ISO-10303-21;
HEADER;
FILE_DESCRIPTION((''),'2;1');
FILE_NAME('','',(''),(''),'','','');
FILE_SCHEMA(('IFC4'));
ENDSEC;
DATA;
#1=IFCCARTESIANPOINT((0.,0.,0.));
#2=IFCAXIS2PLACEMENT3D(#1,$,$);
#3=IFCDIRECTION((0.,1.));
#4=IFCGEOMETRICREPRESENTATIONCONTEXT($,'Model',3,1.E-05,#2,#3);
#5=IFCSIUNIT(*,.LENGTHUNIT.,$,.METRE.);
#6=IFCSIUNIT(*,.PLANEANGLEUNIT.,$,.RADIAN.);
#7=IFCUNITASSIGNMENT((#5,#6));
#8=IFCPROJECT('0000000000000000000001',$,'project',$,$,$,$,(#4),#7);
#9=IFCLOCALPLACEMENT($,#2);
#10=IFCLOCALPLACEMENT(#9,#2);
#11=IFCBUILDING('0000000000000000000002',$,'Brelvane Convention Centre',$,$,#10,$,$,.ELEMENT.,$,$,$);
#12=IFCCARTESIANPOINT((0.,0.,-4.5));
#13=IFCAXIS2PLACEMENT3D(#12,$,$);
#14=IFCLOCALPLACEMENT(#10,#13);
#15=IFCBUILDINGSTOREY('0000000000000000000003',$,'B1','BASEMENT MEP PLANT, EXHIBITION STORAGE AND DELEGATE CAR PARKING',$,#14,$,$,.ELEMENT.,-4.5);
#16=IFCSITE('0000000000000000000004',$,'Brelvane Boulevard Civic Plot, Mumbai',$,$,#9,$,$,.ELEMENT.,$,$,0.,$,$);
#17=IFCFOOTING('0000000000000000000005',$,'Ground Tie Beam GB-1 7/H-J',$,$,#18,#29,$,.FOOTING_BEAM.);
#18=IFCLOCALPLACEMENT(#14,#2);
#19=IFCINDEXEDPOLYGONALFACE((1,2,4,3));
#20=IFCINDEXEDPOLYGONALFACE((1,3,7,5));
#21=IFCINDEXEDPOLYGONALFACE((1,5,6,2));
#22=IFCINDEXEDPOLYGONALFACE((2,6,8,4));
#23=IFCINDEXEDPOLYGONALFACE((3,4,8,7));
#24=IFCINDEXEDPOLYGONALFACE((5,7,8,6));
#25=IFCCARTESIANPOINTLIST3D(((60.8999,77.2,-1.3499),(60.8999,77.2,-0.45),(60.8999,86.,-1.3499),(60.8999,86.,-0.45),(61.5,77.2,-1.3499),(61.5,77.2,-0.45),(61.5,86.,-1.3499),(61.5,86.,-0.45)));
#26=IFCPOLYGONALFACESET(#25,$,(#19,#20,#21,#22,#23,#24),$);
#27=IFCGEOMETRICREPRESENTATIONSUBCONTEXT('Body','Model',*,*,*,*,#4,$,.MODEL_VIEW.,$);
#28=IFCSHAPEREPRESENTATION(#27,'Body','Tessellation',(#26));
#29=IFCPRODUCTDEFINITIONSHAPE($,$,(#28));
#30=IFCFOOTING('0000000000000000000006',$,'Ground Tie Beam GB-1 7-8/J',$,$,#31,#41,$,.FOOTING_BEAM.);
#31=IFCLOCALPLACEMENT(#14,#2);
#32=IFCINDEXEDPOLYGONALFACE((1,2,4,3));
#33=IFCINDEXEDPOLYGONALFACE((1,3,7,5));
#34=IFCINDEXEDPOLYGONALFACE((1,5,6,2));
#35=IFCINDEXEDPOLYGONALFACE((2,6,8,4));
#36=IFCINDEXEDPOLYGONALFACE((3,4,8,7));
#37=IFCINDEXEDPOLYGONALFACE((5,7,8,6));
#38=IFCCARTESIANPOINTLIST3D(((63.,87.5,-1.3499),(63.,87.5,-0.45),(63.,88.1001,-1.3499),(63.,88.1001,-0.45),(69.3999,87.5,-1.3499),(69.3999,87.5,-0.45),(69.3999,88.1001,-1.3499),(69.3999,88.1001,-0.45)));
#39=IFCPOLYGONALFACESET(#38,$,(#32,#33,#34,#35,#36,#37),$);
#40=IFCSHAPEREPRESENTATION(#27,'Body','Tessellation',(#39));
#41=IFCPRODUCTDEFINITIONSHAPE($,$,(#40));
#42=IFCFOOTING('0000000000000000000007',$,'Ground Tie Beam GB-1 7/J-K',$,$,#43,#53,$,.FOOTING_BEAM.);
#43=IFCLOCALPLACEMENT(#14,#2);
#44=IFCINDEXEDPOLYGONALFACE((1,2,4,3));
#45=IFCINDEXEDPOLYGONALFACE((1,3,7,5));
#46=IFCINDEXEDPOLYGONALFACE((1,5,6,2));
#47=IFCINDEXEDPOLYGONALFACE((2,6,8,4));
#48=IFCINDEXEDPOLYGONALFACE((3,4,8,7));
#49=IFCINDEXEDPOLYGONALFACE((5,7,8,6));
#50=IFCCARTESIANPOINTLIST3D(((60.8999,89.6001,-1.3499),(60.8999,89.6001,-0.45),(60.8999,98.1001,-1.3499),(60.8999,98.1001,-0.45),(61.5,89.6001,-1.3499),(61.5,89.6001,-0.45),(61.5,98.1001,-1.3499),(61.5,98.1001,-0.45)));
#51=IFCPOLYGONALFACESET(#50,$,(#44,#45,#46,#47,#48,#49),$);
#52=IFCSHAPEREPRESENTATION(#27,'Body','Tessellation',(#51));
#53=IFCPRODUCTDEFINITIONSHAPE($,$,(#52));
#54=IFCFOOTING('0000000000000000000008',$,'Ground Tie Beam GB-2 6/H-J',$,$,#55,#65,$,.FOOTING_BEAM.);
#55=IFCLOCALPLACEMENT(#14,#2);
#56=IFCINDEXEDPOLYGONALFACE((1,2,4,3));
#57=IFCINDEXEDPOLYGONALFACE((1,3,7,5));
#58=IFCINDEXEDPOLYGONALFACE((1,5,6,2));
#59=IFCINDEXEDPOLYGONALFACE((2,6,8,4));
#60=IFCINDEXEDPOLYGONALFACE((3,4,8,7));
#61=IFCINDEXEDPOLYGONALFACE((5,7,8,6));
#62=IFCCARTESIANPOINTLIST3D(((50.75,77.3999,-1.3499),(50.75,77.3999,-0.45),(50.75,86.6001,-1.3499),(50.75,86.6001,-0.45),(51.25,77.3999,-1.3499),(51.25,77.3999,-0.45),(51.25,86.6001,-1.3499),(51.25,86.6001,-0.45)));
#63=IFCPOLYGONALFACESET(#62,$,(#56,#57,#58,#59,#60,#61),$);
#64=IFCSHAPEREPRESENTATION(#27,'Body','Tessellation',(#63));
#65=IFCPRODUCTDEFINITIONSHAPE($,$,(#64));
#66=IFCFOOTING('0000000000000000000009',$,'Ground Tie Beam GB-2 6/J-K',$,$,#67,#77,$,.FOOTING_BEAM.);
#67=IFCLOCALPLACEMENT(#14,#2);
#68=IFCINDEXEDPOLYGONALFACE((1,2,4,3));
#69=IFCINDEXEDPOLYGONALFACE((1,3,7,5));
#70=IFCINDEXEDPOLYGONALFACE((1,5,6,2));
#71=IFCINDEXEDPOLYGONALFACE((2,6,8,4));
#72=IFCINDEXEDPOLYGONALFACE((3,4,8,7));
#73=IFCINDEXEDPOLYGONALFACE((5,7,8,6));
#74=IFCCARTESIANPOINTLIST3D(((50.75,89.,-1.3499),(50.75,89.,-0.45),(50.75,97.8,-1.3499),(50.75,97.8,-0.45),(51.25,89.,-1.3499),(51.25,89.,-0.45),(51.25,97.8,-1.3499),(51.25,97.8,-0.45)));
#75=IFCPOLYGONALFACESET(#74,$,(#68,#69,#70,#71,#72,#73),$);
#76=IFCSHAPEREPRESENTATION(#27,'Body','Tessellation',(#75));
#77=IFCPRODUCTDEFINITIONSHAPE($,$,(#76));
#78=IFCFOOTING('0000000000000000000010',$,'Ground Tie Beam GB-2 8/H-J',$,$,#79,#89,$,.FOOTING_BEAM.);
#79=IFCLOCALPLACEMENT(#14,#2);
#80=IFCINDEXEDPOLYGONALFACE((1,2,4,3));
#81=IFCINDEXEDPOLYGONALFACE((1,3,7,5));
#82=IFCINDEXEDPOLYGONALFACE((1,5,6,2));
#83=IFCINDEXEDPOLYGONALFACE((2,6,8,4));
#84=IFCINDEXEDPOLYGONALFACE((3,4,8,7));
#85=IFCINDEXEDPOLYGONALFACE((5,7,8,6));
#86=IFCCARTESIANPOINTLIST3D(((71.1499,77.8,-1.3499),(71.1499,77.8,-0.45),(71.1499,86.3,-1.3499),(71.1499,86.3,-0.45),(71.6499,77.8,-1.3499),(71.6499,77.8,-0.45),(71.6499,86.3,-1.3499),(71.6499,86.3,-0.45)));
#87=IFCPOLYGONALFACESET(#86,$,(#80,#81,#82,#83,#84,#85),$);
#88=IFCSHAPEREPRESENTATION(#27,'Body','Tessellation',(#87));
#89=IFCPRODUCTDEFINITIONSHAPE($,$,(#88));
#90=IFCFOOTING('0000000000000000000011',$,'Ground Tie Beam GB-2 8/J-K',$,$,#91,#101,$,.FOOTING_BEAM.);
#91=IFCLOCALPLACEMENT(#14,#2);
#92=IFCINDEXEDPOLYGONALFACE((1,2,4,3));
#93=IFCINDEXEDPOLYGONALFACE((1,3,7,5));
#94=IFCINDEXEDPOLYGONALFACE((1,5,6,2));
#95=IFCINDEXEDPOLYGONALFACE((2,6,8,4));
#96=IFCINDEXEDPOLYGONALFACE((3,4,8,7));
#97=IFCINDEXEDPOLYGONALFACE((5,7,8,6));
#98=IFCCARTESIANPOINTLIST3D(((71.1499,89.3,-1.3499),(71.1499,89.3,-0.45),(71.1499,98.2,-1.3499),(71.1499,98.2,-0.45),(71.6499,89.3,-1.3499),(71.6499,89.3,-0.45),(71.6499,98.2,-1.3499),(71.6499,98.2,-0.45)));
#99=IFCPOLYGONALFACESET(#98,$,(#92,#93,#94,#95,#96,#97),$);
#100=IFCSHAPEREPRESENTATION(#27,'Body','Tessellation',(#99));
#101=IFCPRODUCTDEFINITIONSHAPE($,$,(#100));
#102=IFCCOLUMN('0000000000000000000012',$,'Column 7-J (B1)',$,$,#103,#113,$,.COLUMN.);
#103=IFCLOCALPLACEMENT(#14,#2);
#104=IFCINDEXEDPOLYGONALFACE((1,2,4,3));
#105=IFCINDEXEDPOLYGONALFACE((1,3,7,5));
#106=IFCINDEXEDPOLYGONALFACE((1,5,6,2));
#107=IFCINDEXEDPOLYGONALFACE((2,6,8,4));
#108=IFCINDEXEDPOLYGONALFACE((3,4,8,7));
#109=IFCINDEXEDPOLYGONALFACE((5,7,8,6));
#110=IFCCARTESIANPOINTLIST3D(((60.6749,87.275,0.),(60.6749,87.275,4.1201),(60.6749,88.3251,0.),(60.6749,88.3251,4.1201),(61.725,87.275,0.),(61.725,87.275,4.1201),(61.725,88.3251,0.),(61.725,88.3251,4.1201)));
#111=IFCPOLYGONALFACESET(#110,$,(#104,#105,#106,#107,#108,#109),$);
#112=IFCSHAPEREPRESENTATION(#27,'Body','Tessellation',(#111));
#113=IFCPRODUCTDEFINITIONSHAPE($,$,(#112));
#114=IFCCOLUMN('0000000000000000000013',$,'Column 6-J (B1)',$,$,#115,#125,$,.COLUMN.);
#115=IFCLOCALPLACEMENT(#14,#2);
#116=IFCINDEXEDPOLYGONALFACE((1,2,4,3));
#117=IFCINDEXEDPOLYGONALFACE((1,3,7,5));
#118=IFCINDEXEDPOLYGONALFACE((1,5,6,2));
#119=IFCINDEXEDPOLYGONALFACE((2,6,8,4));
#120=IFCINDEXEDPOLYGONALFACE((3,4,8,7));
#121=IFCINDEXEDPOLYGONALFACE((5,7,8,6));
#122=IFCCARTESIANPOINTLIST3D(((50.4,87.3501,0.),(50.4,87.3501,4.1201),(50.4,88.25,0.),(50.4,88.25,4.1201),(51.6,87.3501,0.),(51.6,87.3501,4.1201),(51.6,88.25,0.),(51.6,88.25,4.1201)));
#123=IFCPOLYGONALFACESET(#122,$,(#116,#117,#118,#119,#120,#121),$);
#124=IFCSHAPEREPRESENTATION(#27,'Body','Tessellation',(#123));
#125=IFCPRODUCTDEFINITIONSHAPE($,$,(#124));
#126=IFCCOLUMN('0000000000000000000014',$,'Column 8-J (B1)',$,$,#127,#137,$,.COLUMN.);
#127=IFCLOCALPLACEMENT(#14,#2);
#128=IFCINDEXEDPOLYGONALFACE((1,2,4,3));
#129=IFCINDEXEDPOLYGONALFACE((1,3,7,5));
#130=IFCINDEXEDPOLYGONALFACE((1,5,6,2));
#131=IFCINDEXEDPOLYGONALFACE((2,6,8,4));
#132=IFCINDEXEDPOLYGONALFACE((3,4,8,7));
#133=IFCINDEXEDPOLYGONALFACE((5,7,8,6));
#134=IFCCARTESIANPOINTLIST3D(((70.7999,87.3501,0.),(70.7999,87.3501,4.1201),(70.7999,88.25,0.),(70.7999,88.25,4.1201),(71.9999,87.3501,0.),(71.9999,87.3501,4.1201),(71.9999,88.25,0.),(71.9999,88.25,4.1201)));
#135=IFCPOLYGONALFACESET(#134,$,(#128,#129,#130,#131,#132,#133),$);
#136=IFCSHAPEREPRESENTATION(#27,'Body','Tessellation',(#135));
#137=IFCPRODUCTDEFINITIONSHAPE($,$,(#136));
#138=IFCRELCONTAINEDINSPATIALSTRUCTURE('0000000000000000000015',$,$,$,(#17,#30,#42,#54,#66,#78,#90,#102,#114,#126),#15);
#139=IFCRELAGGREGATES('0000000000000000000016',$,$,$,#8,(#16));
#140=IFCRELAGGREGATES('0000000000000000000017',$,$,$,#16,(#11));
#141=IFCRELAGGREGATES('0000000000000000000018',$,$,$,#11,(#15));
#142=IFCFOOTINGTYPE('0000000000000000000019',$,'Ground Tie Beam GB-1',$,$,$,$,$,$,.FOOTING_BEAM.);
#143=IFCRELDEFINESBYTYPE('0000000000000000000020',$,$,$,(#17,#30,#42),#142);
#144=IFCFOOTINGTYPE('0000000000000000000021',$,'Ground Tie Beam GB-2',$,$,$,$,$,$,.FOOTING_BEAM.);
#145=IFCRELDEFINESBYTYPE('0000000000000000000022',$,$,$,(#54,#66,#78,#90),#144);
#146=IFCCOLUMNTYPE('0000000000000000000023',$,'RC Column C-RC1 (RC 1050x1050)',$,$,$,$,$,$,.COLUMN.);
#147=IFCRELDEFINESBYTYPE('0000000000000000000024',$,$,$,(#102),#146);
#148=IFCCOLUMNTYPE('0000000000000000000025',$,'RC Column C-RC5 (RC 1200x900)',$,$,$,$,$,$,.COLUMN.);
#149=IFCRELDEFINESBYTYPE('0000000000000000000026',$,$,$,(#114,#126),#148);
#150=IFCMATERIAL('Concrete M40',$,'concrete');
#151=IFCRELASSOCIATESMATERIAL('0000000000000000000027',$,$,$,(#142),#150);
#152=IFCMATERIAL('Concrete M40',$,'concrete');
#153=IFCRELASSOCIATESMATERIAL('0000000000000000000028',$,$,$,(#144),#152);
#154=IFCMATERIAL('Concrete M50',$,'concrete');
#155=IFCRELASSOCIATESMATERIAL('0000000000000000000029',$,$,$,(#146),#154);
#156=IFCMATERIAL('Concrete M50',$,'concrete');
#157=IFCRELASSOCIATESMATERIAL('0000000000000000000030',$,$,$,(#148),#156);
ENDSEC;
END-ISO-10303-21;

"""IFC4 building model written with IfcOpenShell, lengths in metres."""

from ifc_helpers import new_model, si_unit, direction, frame, origin, origin_2d, place, context, subcontext, project, spatial, rectangle, extrude, material, material_profile, profile_set, type_object, element, save


model = new_model("IFC4")

# Units and contexts
model_context = context("Model", 3, precision=1e-05, world=origin(), true_north=direction((0.0, 1.0)))
body_context = subcontext(model_context, "Body", "Model", "MODEL_VIEW")
ifc_project = project(units=[si_unit("LENGTHUNIT", "METRE"), si_unit("PLANEANGLEUNIT", "RADIAN")], contexts=[model_context])

# Site, building, storey
site_placement = place(None, origin())
site = spatial("IfcSite", under=ifc_project, at=site_placement, Name="Brelvane Boulevard Civic Plot, Mumbai", CompositionType="ELEMENT", RefElevation=0.0)
building_placement = place(site_placement, origin())
building = spatial("IfcBuilding", under=site, at=building_placement, Name="Brelvane Convention Centre", CompositionType="ELEMENT")
storey_placement = place(building_placement, frame((0.0, 0.0, -4.5)))
storey = spatial("IfcBuildingStorey", under=building, at=storey_placement, Name="B1", Description="BASEMENT MEP PLANT, EXHIBITION STORAGE AND DELEGATE CAR PARKING", CompositionType="ELEMENT", Elevation=-4.5)

# Footings
ifc_material_1 = material(Name="Concrete M40", Category="concrete")
ifc_material_profile_1 = material_profile(ifc_material_1, rectangle(XDim=0.6001, YDim=0.8999, at=origin_2d()), Name="RC 600x900")
ifc_profile_set_1 = profile_set([ifc_material_profile_1], Name="Concrete M40")
footing_type_1 = type_object("IfcFootingType", Name="Ground Tie Beam GB-1", PredefinedType="FOOTING_BEAM", material=ifc_profile_set_1)
footing_1_placement = place(storey_placement, frame((61.2, 77.2, -0.8999), z_axis=(0.0, 1.0, 0.0), x_axis=(-1.0, 0.0, 0.0)))
element("IfcFooting", 1, at=footing_1_placement, inside=storey, type_object=footing_type_1, Name="Ground Tie Beam GB-1 7/H-J", PredefinedType="FOOTING_BEAM", context=body_context, shape_type="SweptSolid", body=[
    extrude(rectangle(XDim=0.6001, YDim=0.8999, at=origin_2d()), origin(), (0.0, 0.0, 1.0), 8.8),
])
footing_2_placement = place(storey_placement, frame((63.0, 87.8, -0.8999), z_axis=(1.0, 0.0, 0.0), x_axis=(0.0, 1.0, 0.0)))
element("IfcFooting", 2, at=footing_2_placement, inside=storey, type_object=footing_type_1, Name="Ground Tie Beam GB-1 7-8/J", PredefinedType="FOOTING_BEAM", context=body_context, shape_type="SweptSolid", body=[
    extrude(rectangle(XDim=0.6001, YDim=0.8999, at=origin_2d()), origin(), (0.0, 0.0, 1.0), 6.3999),
])
footing_3_placement = place(storey_placement, frame((61.2, 89.6001, -0.8999), z_axis=(0.0, 1.0, 0.0), x_axis=(-1.0, 0.0, 0.0)))
element("IfcFooting", 3, at=footing_3_placement, inside=storey, type_object=footing_type_1, Name="Ground Tie Beam GB-1 7/J-K", PredefinedType="FOOTING_BEAM", context=body_context, shape_type="SweptSolid", body=[
    extrude(rectangle(XDim=0.6001, YDim=0.8999, at=origin_2d()), origin(), (0.0, 0.0, 1.0), 8.5),
])
ifc_material_2 = material(Name="Concrete M40", Category="concrete")
ifc_material_profile_2 = material_profile(ifc_material_2, rectangle(XDim=0.5, YDim=0.8999, at=origin_2d()), Name="RC 500x900")
ifc_profile_set_2 = profile_set([ifc_material_profile_2], Name="Concrete M40")
footing_type_2 = type_object("IfcFootingType", Name="Ground Tie Beam GB-2", PredefinedType="FOOTING_BEAM", material=ifc_profile_set_2)
footing_4_placement = place(storey_placement, frame((51.0, 77.3999, -0.8999), z_axis=(0.0, 1.0, 0.0), x_axis=(-1.0, 0.0, 0.0)))
element("IfcFooting", 4, at=footing_4_placement, inside=storey, type_object=footing_type_2, Name="Ground Tie Beam GB-2 6/H-J", PredefinedType="FOOTING_BEAM", context=body_context, shape_type="SweptSolid", body=[
    extrude(rectangle(XDim=0.5, YDim=0.8999, at=origin_2d()), origin(), (0.0, 0.0, 1.0), 9.2002),
])
footing_5_placement = place(storey_placement, frame((51.0, 89.0, -0.8999), z_axis=(0.0, 1.0, 0.0), x_axis=(-1.0, 0.0, 0.0)))
element("IfcFooting", 5, at=footing_5_placement, inside=storey, type_object=footing_type_2, Name="Ground Tie Beam GB-2 6/J-K", PredefinedType="FOOTING_BEAM", context=body_context, shape_type="SweptSolid", body=[
    extrude(rectangle(XDim=0.5, YDim=0.8999, at=origin_2d()), origin(), (0.0, 0.0, 1.0), 8.8),
])
footing_6_placement = place(storey_placement, frame((71.3999, 77.8, -0.8999), z_axis=(0.0, 1.0, 0.0), x_axis=(-1.0, 0.0, 0.0)))
element("IfcFooting", 6, at=footing_6_placement, inside=storey, type_object=footing_type_2, Name="Ground Tie Beam GB-2 8/H-J", PredefinedType="FOOTING_BEAM", context=body_context, shape_type="SweptSolid", body=[
    extrude(rectangle(XDim=0.5, YDim=0.8999, at=origin_2d()), origin(), (0.0, 0.0, 1.0), 8.5),
])
footing_7_placement = place(storey_placement, frame((71.3999, 89.3, -0.8999), z_axis=(0.0, 1.0, 0.0), x_axis=(-1.0, 0.0, 0.0)))
element("IfcFooting", 7, at=footing_7_placement, inside=storey, type_object=footing_type_2, Name="Ground Tie Beam GB-2 8/J-K", PredefinedType="FOOTING_BEAM", context=body_context, shape_type="SweptSolid", body=[
    extrude(rectangle(XDim=0.5, YDim=0.8999, at=origin_2d()), origin(), (0.0, 0.0, 1.0), 8.8999),
])

# Columns
ifc_material_3 = material(Name="Concrete M50", Category="concrete")
ifc_material_profile_3 = material_profile(ifc_material_3, rectangle(XDim=1.05, YDim=1.05, at=origin_2d()), Name="RC 1050x1050")
ifc_profile_set_3 = profile_set([ifc_material_profile_3], Name="Concrete M50")
column_type_1 = type_object("IfcColumnType", Name="RC Column C-RC1 (RC 1050x1050)", PredefinedType="COLUMN", material=ifc_profile_set_3)
column_placement = place(storey_placement, frame((61.2, 87.8, 0.0), z_axis=(0.0, 0.0, 1.0), x_axis=(1.0, 0.0, 0.0)))
element("IfcColumn", 8, at=column_placement, inside=storey, type_object=column_type_1, Name="Column 7-J (B1)", PredefinedType="COLUMN", context=body_context, shape_type="SweptSolid", body=[
    extrude(rectangle(XDim=1.05, YDim=1.05, at=origin_2d()), origin(), (0.0, 0.0, 1.0), 4.1201),
])
ifc_material_4 = material(Name="Concrete M50", Category="concrete")
ifc_material_profile_4 = material_profile(ifc_material_4, rectangle(XDim=1.2, YDim=0.8999, at=origin_2d()), Name="RC 1200x900")
ifc_profile_set_4 = profile_set([ifc_material_profile_4], Name="Concrete M50")
column_type_2 = type_object("IfcColumnType", Name="RC Column C-RC5 (RC 1200x900)", PredefinedType="COLUMN", material=ifc_profile_set_4)
for number, where, z_axis, x_axis, name in (
    (9, (51.0, 87.8, 0.0), (0.0, 0.0, 1.0), (1.0, 0.0, 0.0), "Column 6-J (B1)"),
    (10, (71.3999, 87.8, 0.0), (0.0, 0.0, 1.0), (1.0, 0.0, 0.0), "Column 8-J (B1)"),
):
    element("IfcColumn", number, at=place(storey_placement, frame(where, z_axis=z_axis, x_axis=x_axis)), inside=storey, type_object=column_type_2, Name=name, PredefinedType="COLUMN", context=body_context, shape_type="SweptSolid", body=[
        extrude(rectangle(XDim=1.2, YDim=0.8999, at=origin_2d()), origin(), (0.0, 0.0, 1.0), 4.1201),
    ])

save(model, "model.ifc")
